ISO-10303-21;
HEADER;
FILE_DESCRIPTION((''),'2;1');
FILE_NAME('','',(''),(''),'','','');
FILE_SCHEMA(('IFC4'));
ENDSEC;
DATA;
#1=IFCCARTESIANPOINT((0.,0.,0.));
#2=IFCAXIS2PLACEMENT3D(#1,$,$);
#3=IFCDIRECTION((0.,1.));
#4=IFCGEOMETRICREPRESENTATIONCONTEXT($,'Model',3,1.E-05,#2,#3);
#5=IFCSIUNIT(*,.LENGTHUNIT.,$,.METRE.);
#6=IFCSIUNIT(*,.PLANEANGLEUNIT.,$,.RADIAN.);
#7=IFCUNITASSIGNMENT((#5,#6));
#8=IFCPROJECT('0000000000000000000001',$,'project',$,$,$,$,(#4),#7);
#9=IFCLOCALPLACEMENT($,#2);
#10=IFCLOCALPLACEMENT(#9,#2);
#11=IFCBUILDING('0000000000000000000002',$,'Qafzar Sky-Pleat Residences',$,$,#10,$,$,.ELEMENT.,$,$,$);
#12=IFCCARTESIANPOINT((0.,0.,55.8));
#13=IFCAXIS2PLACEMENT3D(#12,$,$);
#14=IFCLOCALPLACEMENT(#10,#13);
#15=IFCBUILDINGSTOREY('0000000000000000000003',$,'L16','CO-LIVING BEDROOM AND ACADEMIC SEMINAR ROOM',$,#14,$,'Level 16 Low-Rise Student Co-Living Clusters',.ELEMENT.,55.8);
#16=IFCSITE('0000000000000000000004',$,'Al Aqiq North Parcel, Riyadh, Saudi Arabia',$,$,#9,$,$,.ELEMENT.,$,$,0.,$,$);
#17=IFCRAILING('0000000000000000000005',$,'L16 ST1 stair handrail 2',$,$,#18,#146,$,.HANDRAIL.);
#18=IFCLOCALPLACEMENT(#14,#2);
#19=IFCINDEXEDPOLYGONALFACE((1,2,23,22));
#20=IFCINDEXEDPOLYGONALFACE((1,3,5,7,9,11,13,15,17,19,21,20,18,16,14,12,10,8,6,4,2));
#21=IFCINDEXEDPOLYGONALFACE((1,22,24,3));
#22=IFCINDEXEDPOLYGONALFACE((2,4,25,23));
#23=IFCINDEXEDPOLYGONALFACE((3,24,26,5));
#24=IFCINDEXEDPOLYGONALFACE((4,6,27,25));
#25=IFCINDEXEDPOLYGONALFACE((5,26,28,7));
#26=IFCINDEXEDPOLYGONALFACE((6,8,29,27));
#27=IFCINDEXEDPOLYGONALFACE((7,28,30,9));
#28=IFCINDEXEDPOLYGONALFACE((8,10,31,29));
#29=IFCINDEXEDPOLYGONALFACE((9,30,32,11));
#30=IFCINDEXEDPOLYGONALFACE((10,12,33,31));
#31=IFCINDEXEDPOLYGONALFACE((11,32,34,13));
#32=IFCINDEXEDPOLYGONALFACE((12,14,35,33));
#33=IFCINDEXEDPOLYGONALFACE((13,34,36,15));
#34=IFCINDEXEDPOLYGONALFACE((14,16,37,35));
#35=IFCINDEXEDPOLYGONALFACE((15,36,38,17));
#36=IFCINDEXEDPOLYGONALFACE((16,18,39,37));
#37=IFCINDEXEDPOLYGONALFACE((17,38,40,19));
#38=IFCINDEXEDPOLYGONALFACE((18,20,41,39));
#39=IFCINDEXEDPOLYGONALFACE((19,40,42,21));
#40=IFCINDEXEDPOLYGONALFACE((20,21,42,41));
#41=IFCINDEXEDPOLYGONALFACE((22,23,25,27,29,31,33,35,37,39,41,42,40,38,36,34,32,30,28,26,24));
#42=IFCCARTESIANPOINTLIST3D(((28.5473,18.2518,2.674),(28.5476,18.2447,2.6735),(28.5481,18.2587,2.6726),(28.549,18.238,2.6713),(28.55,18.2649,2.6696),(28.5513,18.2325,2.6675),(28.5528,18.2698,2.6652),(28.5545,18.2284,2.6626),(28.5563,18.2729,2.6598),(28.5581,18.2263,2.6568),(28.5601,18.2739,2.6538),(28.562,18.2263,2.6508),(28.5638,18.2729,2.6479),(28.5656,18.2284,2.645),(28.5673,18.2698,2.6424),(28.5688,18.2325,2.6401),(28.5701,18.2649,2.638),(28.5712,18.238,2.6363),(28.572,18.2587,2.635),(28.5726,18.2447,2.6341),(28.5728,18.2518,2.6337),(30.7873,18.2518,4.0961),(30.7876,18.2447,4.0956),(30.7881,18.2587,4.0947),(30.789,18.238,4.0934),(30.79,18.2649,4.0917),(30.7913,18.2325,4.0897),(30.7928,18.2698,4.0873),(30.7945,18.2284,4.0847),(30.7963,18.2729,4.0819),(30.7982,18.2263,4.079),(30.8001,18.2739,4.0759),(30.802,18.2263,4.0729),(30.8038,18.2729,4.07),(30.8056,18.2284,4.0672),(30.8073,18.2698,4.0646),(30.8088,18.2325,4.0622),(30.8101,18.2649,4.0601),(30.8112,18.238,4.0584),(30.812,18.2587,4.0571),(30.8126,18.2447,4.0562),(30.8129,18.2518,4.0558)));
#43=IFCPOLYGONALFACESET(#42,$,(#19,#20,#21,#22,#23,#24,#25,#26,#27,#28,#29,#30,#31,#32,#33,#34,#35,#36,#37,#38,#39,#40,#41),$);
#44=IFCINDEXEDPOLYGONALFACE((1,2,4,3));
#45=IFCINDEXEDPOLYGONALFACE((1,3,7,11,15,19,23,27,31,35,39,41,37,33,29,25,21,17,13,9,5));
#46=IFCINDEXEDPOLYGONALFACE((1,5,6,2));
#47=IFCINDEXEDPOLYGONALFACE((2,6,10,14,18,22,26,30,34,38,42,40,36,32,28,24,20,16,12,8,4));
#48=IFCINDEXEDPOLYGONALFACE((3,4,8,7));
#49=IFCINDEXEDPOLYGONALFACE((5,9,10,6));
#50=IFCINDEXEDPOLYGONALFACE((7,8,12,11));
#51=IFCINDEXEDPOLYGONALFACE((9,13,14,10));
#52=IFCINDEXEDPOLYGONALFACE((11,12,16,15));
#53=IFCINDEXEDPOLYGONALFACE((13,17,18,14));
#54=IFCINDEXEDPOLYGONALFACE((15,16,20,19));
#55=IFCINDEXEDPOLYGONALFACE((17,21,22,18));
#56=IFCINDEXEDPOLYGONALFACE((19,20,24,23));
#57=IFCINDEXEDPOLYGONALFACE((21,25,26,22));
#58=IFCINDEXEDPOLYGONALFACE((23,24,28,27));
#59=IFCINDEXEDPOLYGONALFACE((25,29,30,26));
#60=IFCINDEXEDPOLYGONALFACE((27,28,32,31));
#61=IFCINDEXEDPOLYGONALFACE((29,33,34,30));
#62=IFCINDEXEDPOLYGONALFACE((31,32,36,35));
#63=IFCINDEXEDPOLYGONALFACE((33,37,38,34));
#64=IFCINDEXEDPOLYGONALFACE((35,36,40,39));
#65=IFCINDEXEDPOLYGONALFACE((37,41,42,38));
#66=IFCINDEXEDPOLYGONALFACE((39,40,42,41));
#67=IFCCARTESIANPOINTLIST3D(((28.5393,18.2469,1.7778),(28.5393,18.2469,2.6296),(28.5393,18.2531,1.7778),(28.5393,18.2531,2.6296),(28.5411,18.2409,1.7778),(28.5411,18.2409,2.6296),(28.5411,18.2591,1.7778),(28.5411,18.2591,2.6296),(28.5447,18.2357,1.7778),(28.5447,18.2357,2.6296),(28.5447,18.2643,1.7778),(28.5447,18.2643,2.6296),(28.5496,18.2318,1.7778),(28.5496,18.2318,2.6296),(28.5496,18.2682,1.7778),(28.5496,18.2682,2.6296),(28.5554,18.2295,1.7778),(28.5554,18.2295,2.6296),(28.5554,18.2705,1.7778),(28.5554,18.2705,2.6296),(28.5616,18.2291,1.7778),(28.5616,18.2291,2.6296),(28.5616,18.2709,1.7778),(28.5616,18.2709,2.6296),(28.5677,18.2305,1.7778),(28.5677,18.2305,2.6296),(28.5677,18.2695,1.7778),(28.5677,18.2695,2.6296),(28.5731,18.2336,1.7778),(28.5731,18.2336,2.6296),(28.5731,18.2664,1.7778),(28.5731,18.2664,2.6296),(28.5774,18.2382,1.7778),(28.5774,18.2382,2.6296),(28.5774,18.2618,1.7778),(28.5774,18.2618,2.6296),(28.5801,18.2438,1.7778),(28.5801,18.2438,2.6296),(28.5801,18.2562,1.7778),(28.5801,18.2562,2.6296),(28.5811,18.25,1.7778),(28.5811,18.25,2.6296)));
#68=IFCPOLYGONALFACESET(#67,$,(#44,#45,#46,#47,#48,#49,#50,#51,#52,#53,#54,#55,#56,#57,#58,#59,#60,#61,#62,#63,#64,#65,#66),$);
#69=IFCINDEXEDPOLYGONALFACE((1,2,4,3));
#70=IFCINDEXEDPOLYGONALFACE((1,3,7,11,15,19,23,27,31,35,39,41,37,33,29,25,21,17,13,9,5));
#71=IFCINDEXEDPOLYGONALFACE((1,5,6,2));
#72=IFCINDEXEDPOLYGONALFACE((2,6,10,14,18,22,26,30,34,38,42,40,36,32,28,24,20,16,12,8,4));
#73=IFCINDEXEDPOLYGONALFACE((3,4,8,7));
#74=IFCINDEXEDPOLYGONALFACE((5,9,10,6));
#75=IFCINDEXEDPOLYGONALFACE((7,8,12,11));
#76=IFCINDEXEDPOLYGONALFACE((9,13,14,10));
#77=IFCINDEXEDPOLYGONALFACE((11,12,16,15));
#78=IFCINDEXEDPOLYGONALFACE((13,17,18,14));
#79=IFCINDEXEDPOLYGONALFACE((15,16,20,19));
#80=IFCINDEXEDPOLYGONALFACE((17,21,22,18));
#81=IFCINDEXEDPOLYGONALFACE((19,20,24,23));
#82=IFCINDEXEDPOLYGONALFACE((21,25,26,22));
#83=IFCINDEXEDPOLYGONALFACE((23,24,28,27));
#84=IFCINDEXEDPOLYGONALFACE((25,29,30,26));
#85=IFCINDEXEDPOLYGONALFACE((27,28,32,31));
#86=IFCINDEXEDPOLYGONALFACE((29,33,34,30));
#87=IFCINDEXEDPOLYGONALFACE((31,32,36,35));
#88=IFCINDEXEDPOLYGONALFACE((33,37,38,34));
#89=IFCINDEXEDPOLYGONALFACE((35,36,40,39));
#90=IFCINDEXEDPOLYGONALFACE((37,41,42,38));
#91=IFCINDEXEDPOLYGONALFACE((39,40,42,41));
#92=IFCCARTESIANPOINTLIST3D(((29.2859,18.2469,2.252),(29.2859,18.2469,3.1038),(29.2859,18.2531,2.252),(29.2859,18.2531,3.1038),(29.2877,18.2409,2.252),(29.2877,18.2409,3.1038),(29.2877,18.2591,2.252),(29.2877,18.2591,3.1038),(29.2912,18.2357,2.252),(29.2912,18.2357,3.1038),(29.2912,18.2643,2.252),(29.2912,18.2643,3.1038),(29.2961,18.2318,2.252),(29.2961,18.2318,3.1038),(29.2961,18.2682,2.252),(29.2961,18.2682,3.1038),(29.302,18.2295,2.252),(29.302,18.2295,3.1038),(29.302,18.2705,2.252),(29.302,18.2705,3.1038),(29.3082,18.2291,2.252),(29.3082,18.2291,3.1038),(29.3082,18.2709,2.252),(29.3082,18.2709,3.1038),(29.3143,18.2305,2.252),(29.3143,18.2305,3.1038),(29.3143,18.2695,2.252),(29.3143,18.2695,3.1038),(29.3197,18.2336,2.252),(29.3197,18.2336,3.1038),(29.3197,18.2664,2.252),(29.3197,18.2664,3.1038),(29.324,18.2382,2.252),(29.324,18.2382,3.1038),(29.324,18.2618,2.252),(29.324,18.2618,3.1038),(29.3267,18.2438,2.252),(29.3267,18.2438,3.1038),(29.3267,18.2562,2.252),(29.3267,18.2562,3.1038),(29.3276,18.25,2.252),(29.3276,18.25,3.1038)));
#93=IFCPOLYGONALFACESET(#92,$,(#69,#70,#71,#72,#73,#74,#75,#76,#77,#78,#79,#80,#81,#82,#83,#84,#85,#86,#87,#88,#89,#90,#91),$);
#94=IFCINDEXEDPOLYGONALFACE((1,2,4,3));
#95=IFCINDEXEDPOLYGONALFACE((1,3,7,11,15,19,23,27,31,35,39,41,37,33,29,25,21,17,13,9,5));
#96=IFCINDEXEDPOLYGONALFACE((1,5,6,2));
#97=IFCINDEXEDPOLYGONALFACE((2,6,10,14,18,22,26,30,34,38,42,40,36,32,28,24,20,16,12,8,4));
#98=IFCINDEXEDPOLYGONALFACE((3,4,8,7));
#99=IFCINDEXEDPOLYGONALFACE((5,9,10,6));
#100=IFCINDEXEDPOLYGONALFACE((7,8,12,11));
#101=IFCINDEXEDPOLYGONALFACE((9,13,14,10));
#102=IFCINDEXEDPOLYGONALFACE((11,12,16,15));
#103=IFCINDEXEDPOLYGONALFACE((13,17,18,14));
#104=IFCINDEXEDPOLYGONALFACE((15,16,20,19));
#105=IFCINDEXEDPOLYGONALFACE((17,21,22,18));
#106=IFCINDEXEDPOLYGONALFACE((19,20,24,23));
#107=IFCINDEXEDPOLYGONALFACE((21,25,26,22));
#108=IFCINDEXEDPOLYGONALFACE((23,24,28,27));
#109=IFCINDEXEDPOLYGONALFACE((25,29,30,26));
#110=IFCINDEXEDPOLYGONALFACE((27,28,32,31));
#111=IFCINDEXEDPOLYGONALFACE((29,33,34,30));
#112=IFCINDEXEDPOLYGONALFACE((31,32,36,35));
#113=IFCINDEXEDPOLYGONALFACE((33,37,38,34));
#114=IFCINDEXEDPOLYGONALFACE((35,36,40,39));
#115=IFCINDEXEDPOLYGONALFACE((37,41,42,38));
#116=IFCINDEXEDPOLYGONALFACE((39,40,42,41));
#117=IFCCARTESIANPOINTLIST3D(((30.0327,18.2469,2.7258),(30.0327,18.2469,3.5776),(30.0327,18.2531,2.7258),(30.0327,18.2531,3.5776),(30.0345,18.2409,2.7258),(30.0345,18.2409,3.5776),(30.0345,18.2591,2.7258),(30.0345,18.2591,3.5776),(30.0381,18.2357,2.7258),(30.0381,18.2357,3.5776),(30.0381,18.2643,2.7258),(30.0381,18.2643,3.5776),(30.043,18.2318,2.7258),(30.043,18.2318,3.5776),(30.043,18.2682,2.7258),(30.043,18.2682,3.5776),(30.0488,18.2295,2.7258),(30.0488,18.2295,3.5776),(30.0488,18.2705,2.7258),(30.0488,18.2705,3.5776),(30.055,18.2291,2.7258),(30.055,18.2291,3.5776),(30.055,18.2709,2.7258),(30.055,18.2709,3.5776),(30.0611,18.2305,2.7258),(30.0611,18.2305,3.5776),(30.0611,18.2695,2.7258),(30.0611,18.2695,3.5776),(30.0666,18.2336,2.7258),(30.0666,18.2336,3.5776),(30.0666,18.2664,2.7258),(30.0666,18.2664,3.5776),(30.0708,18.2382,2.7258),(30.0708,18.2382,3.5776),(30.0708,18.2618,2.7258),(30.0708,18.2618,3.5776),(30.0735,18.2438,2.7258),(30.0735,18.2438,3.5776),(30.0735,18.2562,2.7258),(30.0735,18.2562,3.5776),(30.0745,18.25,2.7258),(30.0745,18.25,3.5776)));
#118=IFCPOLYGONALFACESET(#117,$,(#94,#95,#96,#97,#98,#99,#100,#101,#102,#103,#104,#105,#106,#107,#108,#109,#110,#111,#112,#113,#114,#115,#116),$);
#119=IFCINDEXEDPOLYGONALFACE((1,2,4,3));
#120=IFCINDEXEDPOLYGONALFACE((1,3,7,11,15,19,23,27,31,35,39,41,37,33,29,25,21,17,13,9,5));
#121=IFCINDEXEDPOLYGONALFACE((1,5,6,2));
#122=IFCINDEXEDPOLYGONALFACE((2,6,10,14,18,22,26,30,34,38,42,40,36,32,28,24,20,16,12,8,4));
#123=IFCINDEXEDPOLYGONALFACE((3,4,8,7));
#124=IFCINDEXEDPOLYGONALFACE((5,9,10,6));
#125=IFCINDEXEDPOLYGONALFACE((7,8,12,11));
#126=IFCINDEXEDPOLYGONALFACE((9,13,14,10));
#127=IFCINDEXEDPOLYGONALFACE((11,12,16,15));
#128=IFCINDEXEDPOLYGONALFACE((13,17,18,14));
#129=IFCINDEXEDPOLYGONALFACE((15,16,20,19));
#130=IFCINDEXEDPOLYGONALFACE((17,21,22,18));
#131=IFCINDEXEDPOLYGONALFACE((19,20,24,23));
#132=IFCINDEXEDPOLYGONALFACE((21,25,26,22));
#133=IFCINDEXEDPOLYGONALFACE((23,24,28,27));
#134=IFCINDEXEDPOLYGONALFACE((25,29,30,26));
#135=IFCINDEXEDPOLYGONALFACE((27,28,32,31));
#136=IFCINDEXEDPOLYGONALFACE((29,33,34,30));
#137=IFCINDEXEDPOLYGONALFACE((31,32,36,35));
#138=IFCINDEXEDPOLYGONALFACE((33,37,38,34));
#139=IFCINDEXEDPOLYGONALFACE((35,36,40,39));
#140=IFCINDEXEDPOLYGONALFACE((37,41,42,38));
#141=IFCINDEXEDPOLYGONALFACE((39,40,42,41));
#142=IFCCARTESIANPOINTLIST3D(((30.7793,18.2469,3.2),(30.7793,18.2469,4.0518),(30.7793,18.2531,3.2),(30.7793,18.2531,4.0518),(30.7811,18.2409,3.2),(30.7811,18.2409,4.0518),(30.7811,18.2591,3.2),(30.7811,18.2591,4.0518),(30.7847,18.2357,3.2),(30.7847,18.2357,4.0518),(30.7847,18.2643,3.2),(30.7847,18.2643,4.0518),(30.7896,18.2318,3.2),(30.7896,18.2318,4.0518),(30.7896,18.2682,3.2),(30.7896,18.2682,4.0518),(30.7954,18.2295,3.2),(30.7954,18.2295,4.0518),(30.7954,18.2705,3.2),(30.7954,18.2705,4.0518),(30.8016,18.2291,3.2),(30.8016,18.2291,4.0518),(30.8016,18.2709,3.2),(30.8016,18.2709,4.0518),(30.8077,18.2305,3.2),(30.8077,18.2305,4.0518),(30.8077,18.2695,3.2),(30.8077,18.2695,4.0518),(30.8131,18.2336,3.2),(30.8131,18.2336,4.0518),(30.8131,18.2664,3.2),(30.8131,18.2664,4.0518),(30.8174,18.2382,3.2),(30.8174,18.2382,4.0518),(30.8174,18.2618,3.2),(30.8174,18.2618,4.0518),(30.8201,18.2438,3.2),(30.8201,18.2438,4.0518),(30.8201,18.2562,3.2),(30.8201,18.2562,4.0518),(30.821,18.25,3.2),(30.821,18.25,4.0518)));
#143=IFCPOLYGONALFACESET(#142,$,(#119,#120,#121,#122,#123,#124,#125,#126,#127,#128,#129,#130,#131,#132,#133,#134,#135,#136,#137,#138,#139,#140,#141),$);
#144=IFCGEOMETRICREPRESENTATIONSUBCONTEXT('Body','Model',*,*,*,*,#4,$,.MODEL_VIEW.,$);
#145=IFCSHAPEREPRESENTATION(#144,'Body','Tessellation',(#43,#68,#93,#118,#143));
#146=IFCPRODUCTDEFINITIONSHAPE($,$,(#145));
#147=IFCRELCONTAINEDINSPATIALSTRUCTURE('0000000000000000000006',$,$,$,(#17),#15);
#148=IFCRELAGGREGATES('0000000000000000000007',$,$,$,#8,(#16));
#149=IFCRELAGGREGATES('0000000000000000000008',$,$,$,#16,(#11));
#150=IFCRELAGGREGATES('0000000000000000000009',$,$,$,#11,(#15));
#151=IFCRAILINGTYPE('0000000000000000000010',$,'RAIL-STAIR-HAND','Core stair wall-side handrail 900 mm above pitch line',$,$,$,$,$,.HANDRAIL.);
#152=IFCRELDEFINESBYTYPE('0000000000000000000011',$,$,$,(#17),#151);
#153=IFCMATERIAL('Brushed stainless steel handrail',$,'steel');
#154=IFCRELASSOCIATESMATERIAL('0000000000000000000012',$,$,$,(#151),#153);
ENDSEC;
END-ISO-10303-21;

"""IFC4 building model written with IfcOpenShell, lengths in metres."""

from ifc_helpers import new_model, si_unit, direction, frame, origin, origin_2d, place, context, subcontext, project, spatial, circle, extrude, source, transform, mapped, material, type_object, element, save


model = new_model("IFC4")

# Units and contexts
model_context = context("Model", 3, precision=1e-05, world=origin(), true_north=direction((0.0, 1.0)))
body_context = subcontext(model_context, "Body", "Model", "MODEL_VIEW")
ifc_project = project(units=[si_unit("LENGTHUNIT", "METRE"), si_unit("PLANEANGLEUNIT", "RADIAN")], contexts=[model_context])

# Site, building, storey
site_placement = place(None, origin())
site = spatial("IfcSite", under=ifc_project, at=site_placement, Name="Al Aqiq North Parcel, Riyadh, Saudi Arabia", CompositionType="ELEMENT", RefElevation=0.0)
building_placement = place(site_placement, origin())
building = spatial("IfcBuilding", under=site, at=building_placement, Name="Qafzar Sky-Pleat Residences", CompositionType="ELEMENT")
storey_placement = place(building_placement, frame((0.0, 0.0, 55.8)))
storey = spatial("IfcBuildingStorey", under=building, at=storey_placement, Name="L16", Description="CO-LIVING BEDROOM AND ACADEMIC SEMINAR ROOM", LongName="Level 16 Low-Rise Student Co-Living Clusters", CompositionType="ELEMENT", Elevation=55.8)

# Railing
ifc_material_1 = material(Name="Brushed stainless steel handrail", Category="steel")
railing_type_1 = type_object("IfcRailingType", Name="RAIL-STAIR-HAND", Description="Core stair wall-side handrail 900 mm above pitch line", PredefinedType="HANDRAIL", material=ifc_material_1)
shared_shape_1 = source(origin(), body_context, "Body", "SweptSolid", [
    extrude(circle(Radius=0.0239, at=origin_2d()), frame((0.0, 0.0, 0.876), z_axis=(0.844229, 0.0, 0.535982), x_axis=(0.0, 1.0, 0.0)), (0.0, 0.0, 1.0), 2.6533),
    extrude(circle(Radius=0.021, at=origin_2d()), origin(), (0.0, 0.0, 1.0), 0.8518),
    extrude(circle(Radius=0.021, at=origin_2d()), frame((0.7466, 0.0, 0.4741)), (0.0, 0.0, 1.0), 0.8518),
    extrude(circle(Radius=0.021, at=origin_2d()), frame((1.4934, 0.0, 0.948)), (0.0, 0.0, 1.0), 0.8518),
    extrude(circle(Radius=0.021, at=origin_2d()), frame((2.24, 0.0, 1.4221)), (0.0, 0.0, 1.0), 0.8518),
])
railing_1_placement = place(storey_placement, frame((28.5601, 18.25, 1.7778)))
element("IfcRailing", 1, at=railing_1_placement, inside=storey, type_object=railing_type_1, Name="L16 ST1 stair handrail 2", PredefinedType="HANDRAIL", context=body_context, shape_type="MappedRepresentation", body=[
    mapped(shared_shape_1, transform((0.0, 0.0, 0.0), x_axis=(1.0, 0.0, 0.0), y_axis=(0.0, 1.0, 0.0), z_axis=(0.0, 0.0, 1.0), scale=1.0)),
])

save(model, "model.ifc")
